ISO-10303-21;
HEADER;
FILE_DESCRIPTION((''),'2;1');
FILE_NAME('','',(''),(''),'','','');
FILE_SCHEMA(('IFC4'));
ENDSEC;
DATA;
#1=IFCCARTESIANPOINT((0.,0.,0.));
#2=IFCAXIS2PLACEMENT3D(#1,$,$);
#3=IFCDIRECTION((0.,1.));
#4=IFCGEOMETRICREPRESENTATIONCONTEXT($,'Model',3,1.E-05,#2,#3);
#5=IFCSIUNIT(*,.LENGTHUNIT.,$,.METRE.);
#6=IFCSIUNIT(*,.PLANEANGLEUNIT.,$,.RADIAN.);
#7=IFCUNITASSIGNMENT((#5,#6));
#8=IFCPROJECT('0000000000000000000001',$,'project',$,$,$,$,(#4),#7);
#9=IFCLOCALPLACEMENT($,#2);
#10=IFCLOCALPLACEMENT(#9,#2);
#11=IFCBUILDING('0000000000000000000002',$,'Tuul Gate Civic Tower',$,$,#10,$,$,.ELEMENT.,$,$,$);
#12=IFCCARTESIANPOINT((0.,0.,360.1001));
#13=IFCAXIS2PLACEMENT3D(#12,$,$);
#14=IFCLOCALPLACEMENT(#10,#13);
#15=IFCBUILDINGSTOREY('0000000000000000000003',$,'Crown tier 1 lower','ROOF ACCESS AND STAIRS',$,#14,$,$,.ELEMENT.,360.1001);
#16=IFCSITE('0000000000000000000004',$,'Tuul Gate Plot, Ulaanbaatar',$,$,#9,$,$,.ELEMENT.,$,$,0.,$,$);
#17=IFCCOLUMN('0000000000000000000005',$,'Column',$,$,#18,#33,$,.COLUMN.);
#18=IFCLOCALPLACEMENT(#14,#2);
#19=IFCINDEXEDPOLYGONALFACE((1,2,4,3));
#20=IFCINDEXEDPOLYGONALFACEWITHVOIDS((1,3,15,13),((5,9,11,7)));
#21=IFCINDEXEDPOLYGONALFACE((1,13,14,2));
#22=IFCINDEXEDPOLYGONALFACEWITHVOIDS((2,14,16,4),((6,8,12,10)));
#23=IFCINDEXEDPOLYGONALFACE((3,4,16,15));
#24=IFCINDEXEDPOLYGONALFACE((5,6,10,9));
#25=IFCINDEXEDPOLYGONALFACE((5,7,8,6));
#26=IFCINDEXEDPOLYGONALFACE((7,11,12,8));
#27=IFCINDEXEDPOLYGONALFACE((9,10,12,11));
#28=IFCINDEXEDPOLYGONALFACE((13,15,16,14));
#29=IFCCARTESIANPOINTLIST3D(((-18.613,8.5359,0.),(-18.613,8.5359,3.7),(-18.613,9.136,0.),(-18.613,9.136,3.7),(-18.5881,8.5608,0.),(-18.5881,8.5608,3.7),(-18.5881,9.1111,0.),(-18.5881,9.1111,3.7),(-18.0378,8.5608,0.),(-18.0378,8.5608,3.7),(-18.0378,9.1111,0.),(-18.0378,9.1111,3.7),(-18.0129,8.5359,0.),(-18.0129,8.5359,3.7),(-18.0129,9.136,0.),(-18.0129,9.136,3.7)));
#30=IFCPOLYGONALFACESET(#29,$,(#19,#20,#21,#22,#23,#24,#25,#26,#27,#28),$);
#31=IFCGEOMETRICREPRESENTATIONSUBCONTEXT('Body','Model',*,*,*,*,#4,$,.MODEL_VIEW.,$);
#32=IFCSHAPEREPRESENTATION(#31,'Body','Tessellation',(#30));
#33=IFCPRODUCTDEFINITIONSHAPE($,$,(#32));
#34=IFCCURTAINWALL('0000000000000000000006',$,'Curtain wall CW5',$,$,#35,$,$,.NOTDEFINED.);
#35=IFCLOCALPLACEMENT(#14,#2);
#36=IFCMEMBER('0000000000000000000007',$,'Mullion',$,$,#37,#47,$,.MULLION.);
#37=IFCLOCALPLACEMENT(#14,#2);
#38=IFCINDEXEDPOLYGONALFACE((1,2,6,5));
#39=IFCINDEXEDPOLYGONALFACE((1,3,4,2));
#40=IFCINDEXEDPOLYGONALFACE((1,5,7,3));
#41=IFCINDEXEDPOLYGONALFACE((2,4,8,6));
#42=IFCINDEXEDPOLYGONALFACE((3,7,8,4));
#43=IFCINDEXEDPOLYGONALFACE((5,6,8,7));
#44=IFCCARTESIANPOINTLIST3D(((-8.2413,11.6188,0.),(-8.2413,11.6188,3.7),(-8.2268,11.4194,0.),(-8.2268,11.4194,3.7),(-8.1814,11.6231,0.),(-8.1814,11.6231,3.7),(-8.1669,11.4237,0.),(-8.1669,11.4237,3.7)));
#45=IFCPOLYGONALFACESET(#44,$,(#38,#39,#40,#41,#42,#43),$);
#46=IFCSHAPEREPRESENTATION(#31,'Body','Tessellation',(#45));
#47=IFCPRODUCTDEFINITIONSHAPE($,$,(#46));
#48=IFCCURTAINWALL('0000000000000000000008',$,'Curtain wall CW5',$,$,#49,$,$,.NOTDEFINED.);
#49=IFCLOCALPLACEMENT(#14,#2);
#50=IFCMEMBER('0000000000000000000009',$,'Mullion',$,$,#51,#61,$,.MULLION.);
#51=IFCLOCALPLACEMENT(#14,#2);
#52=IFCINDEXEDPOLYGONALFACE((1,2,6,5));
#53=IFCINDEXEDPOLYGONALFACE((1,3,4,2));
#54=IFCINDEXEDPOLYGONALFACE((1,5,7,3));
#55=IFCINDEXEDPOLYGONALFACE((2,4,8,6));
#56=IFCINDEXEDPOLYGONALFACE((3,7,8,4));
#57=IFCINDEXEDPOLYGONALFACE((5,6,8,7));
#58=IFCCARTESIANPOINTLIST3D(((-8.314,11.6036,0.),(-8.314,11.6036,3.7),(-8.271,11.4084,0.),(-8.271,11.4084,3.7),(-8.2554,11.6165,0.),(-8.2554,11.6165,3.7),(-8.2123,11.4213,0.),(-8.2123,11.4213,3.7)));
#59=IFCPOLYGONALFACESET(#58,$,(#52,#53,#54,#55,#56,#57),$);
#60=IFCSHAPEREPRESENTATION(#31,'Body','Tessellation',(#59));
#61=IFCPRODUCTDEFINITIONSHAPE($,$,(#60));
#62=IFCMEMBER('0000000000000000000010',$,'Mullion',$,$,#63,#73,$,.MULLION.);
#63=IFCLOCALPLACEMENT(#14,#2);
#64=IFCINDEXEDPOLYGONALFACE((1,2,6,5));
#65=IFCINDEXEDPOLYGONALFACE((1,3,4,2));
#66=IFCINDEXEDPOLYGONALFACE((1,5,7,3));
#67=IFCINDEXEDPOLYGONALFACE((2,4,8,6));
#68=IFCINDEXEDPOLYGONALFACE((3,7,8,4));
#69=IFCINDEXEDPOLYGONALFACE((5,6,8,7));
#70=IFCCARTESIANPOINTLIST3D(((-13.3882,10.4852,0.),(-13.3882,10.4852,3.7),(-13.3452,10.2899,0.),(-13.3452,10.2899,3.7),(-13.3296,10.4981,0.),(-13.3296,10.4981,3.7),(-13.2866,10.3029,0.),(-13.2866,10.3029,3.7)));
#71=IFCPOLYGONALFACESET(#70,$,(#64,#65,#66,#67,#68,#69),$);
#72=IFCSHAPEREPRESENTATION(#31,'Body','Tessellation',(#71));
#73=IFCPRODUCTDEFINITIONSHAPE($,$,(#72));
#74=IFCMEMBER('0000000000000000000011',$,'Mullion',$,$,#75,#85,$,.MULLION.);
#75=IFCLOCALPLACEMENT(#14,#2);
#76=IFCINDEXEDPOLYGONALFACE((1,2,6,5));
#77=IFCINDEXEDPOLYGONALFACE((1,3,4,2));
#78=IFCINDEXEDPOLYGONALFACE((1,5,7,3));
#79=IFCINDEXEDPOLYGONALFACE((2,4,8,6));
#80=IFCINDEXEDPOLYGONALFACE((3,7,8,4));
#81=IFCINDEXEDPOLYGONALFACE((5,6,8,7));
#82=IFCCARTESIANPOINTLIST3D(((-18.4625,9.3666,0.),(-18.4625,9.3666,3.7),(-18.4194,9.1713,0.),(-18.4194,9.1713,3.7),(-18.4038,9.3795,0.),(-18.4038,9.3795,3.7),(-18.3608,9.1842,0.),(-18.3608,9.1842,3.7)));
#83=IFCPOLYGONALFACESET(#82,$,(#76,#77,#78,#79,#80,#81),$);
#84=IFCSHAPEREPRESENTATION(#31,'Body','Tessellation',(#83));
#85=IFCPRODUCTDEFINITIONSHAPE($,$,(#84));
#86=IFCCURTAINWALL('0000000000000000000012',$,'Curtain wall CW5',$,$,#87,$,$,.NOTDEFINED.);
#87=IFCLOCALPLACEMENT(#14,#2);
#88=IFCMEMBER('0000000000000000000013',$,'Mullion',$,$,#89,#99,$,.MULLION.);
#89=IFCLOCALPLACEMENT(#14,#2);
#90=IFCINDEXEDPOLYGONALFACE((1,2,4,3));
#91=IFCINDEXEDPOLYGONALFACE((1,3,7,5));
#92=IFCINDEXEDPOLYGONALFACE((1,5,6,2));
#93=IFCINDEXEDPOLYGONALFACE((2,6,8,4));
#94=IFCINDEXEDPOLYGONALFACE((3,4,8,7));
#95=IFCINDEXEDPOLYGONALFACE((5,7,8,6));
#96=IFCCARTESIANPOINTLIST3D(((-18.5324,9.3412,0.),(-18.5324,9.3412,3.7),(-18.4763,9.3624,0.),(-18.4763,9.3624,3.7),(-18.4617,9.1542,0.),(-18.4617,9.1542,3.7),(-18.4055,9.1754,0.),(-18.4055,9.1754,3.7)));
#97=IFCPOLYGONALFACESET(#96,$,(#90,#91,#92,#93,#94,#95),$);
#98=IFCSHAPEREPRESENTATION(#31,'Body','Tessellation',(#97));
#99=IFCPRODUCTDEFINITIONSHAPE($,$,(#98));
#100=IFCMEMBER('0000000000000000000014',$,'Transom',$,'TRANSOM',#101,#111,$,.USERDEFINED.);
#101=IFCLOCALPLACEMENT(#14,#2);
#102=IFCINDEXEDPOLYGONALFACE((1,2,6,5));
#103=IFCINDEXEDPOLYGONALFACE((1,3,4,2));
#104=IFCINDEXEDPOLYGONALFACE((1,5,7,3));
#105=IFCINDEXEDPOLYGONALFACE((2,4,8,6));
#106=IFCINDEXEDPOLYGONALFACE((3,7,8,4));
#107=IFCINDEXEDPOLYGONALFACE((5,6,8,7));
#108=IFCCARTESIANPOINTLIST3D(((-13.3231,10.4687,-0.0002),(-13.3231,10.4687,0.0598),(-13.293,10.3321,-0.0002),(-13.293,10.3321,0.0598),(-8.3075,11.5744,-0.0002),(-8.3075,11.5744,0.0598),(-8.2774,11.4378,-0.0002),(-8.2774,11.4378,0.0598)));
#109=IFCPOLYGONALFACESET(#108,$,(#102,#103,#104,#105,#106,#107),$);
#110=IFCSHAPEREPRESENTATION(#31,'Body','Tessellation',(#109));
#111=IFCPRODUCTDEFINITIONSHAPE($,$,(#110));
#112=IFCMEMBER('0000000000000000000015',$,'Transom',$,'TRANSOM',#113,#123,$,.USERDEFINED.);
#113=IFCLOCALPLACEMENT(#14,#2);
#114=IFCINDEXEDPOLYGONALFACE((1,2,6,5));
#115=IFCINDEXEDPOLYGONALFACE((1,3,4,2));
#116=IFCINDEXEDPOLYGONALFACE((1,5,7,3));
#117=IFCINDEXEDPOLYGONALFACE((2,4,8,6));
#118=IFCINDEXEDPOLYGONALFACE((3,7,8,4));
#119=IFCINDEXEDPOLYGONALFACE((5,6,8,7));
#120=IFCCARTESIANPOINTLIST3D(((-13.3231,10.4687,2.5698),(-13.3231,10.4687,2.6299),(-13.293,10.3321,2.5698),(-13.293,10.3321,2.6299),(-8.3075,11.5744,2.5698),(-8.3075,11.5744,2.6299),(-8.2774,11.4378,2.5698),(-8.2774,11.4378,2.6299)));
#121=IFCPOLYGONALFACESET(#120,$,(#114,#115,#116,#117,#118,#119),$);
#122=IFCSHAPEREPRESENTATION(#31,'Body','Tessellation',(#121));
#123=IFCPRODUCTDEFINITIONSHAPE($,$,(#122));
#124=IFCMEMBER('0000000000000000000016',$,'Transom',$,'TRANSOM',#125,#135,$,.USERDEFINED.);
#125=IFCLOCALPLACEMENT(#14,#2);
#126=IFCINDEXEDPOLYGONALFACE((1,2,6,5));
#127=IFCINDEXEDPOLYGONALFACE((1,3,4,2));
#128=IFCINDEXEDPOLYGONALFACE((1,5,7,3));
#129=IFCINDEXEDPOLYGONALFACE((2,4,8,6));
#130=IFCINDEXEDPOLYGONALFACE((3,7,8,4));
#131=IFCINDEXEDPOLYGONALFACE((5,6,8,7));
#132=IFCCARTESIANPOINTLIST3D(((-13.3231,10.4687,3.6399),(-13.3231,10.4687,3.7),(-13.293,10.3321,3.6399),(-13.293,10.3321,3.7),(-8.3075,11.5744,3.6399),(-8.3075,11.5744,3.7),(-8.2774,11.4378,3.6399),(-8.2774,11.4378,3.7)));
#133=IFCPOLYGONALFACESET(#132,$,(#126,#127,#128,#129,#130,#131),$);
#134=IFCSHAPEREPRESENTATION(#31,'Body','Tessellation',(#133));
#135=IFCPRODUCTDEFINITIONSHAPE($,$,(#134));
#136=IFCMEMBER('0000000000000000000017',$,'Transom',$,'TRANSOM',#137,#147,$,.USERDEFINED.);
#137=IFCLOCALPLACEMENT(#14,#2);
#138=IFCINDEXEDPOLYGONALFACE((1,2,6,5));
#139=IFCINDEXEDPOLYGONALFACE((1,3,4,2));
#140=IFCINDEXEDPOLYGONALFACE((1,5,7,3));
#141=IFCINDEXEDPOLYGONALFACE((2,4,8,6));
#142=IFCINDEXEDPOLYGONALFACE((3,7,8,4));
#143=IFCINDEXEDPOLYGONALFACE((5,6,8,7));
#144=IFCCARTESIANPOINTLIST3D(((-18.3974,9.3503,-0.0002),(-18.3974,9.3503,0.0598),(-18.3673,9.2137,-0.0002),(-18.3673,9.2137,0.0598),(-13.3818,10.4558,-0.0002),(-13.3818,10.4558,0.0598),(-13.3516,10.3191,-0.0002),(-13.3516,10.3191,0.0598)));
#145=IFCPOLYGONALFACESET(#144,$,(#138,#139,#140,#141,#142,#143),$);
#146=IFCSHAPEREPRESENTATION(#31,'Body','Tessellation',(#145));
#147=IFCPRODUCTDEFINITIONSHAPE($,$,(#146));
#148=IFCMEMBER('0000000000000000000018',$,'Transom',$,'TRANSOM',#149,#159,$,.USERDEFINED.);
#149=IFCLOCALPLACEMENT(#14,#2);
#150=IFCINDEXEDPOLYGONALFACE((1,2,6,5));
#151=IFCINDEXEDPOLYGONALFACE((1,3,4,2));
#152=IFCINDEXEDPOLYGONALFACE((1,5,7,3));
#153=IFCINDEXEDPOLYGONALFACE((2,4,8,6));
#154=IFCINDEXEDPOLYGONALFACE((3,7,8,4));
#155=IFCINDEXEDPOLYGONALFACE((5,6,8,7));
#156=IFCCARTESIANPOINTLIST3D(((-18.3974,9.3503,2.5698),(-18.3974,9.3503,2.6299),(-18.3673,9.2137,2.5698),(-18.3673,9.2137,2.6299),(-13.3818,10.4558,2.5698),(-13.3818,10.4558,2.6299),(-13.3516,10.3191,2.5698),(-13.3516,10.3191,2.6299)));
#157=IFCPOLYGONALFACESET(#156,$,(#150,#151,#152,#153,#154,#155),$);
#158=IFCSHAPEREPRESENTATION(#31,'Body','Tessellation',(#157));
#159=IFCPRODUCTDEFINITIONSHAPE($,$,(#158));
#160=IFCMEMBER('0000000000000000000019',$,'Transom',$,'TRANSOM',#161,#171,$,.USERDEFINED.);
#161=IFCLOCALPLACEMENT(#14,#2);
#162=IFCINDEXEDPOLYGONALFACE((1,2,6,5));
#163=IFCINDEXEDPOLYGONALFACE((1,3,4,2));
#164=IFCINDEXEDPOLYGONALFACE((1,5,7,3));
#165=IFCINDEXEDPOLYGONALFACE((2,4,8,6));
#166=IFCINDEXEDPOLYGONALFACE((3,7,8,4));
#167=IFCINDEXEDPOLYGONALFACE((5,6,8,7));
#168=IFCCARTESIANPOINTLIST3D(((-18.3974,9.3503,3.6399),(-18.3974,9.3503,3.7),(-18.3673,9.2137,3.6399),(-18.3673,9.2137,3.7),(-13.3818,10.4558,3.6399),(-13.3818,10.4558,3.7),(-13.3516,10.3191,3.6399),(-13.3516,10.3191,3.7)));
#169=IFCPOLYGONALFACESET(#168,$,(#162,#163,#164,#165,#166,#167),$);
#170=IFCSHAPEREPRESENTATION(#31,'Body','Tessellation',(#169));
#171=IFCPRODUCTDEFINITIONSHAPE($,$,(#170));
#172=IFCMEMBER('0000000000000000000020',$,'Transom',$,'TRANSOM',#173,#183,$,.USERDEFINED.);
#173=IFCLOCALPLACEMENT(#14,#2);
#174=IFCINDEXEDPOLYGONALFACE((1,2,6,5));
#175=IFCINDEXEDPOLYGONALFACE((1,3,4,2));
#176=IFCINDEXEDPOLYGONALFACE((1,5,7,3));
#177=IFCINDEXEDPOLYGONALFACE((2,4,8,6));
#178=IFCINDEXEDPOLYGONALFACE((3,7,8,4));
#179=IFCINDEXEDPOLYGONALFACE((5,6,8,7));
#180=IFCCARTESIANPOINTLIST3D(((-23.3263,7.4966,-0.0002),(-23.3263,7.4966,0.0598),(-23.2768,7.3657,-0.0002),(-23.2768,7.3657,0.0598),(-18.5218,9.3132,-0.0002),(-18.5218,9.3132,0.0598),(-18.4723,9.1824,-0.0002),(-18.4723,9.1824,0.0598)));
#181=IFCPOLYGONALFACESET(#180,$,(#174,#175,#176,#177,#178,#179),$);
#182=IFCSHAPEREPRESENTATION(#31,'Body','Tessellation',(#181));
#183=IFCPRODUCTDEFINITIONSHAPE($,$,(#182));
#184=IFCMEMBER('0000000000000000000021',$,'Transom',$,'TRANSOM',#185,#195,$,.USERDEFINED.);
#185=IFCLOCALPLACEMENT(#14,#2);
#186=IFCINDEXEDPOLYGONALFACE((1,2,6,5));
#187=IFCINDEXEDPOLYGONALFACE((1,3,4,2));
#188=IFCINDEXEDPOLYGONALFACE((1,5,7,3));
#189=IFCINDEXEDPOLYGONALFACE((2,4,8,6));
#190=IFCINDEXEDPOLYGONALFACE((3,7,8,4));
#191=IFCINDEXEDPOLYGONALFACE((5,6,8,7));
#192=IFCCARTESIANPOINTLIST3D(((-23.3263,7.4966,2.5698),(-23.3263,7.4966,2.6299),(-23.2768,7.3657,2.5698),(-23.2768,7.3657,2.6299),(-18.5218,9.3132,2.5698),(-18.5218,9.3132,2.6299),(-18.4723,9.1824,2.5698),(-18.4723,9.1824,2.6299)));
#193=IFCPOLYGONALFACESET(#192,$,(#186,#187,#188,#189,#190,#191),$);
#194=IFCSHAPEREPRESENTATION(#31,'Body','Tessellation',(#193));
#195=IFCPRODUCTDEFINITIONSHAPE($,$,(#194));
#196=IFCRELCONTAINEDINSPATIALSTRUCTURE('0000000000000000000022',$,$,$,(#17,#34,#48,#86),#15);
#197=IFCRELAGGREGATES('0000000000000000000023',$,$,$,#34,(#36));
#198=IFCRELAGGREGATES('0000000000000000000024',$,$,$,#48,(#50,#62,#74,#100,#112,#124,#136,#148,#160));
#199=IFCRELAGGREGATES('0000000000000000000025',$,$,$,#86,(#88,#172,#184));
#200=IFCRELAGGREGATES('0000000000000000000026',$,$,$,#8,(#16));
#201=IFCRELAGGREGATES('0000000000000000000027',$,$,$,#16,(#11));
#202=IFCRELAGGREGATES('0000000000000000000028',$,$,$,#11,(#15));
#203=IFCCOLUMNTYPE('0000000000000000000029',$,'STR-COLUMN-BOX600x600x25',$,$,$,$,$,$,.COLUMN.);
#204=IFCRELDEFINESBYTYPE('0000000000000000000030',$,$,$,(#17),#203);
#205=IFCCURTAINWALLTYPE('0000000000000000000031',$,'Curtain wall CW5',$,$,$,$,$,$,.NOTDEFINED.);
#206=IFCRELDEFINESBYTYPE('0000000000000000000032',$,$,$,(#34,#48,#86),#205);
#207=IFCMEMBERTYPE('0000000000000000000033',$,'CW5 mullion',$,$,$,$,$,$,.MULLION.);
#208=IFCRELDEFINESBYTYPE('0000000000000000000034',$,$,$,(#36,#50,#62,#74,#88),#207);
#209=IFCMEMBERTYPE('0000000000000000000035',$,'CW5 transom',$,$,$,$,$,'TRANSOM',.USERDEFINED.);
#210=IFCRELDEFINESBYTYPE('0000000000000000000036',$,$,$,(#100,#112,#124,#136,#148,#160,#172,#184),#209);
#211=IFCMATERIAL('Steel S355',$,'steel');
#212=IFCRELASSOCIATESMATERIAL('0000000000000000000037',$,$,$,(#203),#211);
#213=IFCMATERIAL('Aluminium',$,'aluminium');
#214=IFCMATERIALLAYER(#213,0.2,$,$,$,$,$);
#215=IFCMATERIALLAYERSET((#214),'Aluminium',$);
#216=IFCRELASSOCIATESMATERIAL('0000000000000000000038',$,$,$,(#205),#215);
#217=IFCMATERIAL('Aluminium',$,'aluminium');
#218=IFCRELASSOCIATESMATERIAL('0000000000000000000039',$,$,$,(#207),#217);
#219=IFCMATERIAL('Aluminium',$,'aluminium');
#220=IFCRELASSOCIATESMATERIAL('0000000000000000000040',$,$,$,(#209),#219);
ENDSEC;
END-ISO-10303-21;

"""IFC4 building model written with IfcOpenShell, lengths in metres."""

from ifc_helpers import new_model, si_unit, direction, frame, origin, origin_2d, place, context, subcontext, project, spatial, rectangle, hollow_rectangle, extrude, material, layer, layer_set, material_profile, profile_set, type_object, element, aggregate, save


model = new_model("IFC4")

# Units and contexts
model_context = context("Model", 3, precision=1e-05, world=origin(), true_north=direction((0.0, 1.0)))
body_context = subcontext(model_context, "Body", "Model", "MODEL_VIEW")
ifc_project = project(units=[si_unit("LENGTHUNIT", "METRE"), si_unit("PLANEANGLEUNIT", "RADIAN")], contexts=[model_context])

# Site, building, storey
site_placement = place(None, origin())
site = spatial("IfcSite", under=ifc_project, at=site_placement, Name="Tuul Gate Plot, Ulaanbaatar", CompositionType="ELEMENT", RefElevation=0.0)
building_placement = place(site_placement, origin())
building = spatial("IfcBuilding", under=site, at=building_placement, Name="Tuul Gate Civic Tower", CompositionType="ELEMENT")
storey_placement = place(building_placement, frame((0.0, 0.0, 360.1001)))
storey = spatial("IfcBuildingStorey", under=building, at=storey_placement, Name="Crown tier 1 lower", Description="ROOF ACCESS AND STAIRS", CompositionType="ELEMENT", Elevation=360.1001)

# Column
ifc_material_1 = material(Name="Steel S355", Category="steel")
ifc_material_profile_1 = material_profile(ifc_material_1, hollow_rectangle(XDim=0.6001, YDim=0.6001, WallThickness=0.0249, at=origin_2d()), Name="BOX600x600x25")
ifc_profile_set_1 = profile_set([ifc_material_profile_1], Name="Steel S355")
column_type = type_object("IfcColumnType", Name="STR-COLUMN-BOX600x600x25", PredefinedType="COLUMN", material=ifc_profile_set_1)
column_placement = place(storey_placement, frame((-18.313, 8.8359, 0.0), z_axis=(0.0, 0.0, 1.0), x_axis=(1.0, 0.0, 0.0)))
element("IfcColumn", 1, at=column_placement, inside=storey, type_object=column_type, Name="Column", PredefinedType="COLUMN", context=body_context, shape_type="SweptSolid", body=[
    extrude(hollow_rectangle(XDim=0.6001, YDim=0.6001, WallThickness=0.0249, at=origin_2d()), origin(), (0.0, 0.0, 1.0), 3.7),
])

# Curtain wall, member
ifc_material_2 = material(Name="Aluminium", Category="aluminium")
ifc_layer_1 = layer(ifc_material_2, 0.2)
ifc_layer_set_1 = layer_set([ifc_layer_1], Name="Aluminium")
curtain_wall_type = type_object("IfcCurtainWallType", Name="Curtain wall CW5", PredefinedType="NOTDEFINED", material=ifc_layer_set_1)
curtain_wall_1_placement = place(storey_placement, origin())
curtain_wall_1 = element("IfcCurtainWall", 2, at=curtain_wall_1_placement, inside=storey, type_object=curtain_wall_type, Name="Curtain wall CW5", PredefinedType="NOTDEFINED")
ifc_material_3 = material(Name="Aluminium", Category="aluminium")
ifc_material_profile_2 = material_profile(ifc_material_3, rectangle(XDim=0.2, YDim=0.0601, at=origin_2d()), Name="CW5 mullion")
ifc_profile_set_2 = profile_set([ifc_material_profile_2], Name="Aluminium")
member_type_1 = type_object("IfcMemberType", Name="CW5 mullion", PredefinedType="MULLION", material=ifc_profile_set_2)
member_1_placement = place(storey_placement, frame((-8.2041, 11.5212, 0.0), z_axis=(0.0, 0.0, 1.0), x_axis=(0.072226, -0.997388, 0.0)))
member_1 = element("IfcMember", 3, at=member_1_placement, type_object=member_type_1, Name="Mullion", PredefinedType="MULLION", context=body_context, shape_type="SweptSolid", body=[
    extrude(rectangle(XDim=0.2, YDim=0.0601, at=origin_2d()), origin(), (0.0, 0.0, 1.0), 3.7),
])
aggregate(curtain_wall_1, [member_1])

# Curtain wall, members
curtain_wall_2_placement = place(storey_placement, origin())
curtain_wall_2 = element("IfcCurtainWall", 4, at=curtain_wall_2_placement, inside=storey, type_object=curtain_wall_type, Name="Curtain wall CW5", PredefinedType="NOTDEFINED")
member_2_placement = place(storey_placement, frame((-8.2632, 11.5125, 0.0), z_axis=(0.0, 0.0, 1.0), x_axis=(0.215269, -0.976555, 0.0)))
member_2 = element("IfcMember", 5, at=member_2_placement, type_object=member_type_1, Name="Mullion", PredefinedType="MULLION", context=body_context, shape_type="SweptSolid", body=[
    extrude(rectangle(XDim=0.2, YDim=0.0601, at=origin_2d()), origin(), (0.0, 0.0, 1.0), 3.7),
])
member_3_placement = place(storey_placement, frame((-13.3374, 10.394, 0.0), z_axis=(0.0, 0.0, 1.0), x_axis=(0.215269, -0.976555, 0.0)))
member_3 = element("IfcMember", 6, at=member_3_placement, type_object=member_type_1, Name="Mullion", PredefinedType="MULLION", context=body_context, shape_type="SweptSolid", body=[
    extrude(rectangle(XDim=0.2, YDim=0.0601, at=origin_2d()), origin(), (0.0, 0.0, 1.0), 3.7),
])
member_4_placement = place(storey_placement, frame((-18.4116, 9.2754, 0.0), z_axis=(0.0, 0.0, 1.0), x_axis=(0.215269, -0.976555, 0.0)))
member_4 = element("IfcMember", 7, at=member_4_placement, type_object=member_type_1, Name="Mullion", PredefinedType="MULLION", context=body_context, shape_type="SweptSolid", body=[
    extrude(rectangle(XDim=0.2, YDim=0.0601, at=origin_2d()), origin(), (0.0, 0.0, 1.0), 3.7),
])

# Curtain wall, member
curtain_wall_3_placement = place(storey_placement, origin())
curtain_wall_3 = element("IfcCurtainWall", 8, at=curtain_wall_3_placement, inside=storey, type_object=curtain_wall_type, Name="Curtain wall CW5", PredefinedType="NOTDEFINED")
member_5_placement = place(storey_placement, frame((-18.469, 9.2583, 0.0), z_axis=(0.0, 0.0, 1.0), x_axis=(0.353691, -0.935362, 0.0)))
member_5 = element("IfcMember", 9, at=member_5_placement, type_object=member_type_1, Name="Mullion", PredefinedType="MULLION", context=body_context, shape_type="SweptSolid", body=[
    extrude(rectangle(XDim=0.2, YDim=0.0601, at=origin_2d()), origin(), (0.0, 0.0, 1.0), 3.7),
])

# Members
ifc_material_4 = material(Name="Aluminium", Category="aluminium")
ifc_material_profile_3 = material_profile(ifc_material_4, rectangle(XDim=0.1399, YDim=0.0601, at=origin_2d()), Name="CW5 transom")
ifc_profile_set_3 = profile_set([ifc_material_profile_3], Name="Aluminium")
member_type_2 = type_object("IfcMemberType", Name="CW5 transom", ElementType="TRANSOM", PredefinedType="USERDEFINED", material=ifc_profile_set_3)
member_6_placement = place(storey_placement, frame((-8.2925, 11.5061, 0.0298), z_axis=(-0.976551, -0.215284, 0.0), x_axis=(0.215284, -0.976551, 0.0)))
member_6 = element("IfcMember", 10, at=member_6_placement, type_object=member_type_2, Name="Transom", ObjectType="TRANSOM", PredefinedType="USERDEFINED", context=body_context, shape_type="SweptSolid", body=[
    extrude(rectangle(XDim=0.1399, YDim=0.0601, at=origin_2d()), origin(), (0.0, 0.0, 1.0), 5.136),
])
member_7_placement = place(storey_placement, frame((-8.2925, 11.5061, 2.5999), z_axis=(-0.976551, -0.215284, 0.0), x_axis=(0.215284, -0.976551, 0.0)))
member_7 = element("IfcMember", 11, at=member_7_placement, type_object=member_type_2, Name="Transom", ObjectType="TRANSOM", PredefinedType="USERDEFINED", context=body_context, shape_type="SweptSolid", body=[
    extrude(rectangle(XDim=0.1399, YDim=0.0601, at=origin_2d()), origin(), (0.0, 0.0, 1.0), 5.136),
])
member_8_placement = place(storey_placement, frame((-8.2925, 11.5061, 3.6699), z_axis=(-0.976551, -0.215284, 0.0), x_axis=(0.215284, -0.976551, 0.0)))
member_8 = element("IfcMember", 12, at=member_8_placement, type_object=member_type_2, Name="Transom", ObjectType="TRANSOM", PredefinedType="USERDEFINED", context=body_context, shape_type="SweptSolid", body=[
    extrude(rectangle(XDim=0.1399, YDim=0.0601, at=origin_2d()), origin(), (0.0, 0.0, 1.0), 5.136),
])
member_9_placement = place(storey_placement, frame((-13.3667, 10.3875, 0.0298), z_axis=(-0.976561, -0.215239, 0.0), x_axis=(0.215239, -0.976561, 0.0)))
member_9 = element("IfcMember", 13, at=member_9_placement, type_object=member_type_2, Name="Transom", ObjectType="TRANSOM", PredefinedType="USERDEFINED", context=body_context, shape_type="SweptSolid", body=[
    extrude(rectangle(XDim=0.1399, YDim=0.0601, at=origin_2d()), origin(), (0.0, 0.0, 1.0), 5.136),
])
member_10_placement = place(storey_placement, frame((-13.3667, 10.3875, 2.5999), z_axis=(-0.976561, -0.215239, 0.0), x_axis=(0.215239, -0.976561, 0.0)))
member_10 = element("IfcMember", 14, at=member_10_placement, type_object=member_type_2, Name="Transom", ObjectType="TRANSOM", PredefinedType="USERDEFINED", context=body_context, shape_type="SweptSolid", body=[
    extrude(rectangle(XDim=0.1399, YDim=0.0601, at=origin_2d()), origin(), (0.0, 0.0, 1.0), 5.136),
])
member_11_placement = place(storey_placement, frame((-13.3667, 10.3875, 3.6699), z_axis=(-0.976561, -0.215239, 0.0), x_axis=(0.215239, -0.976561, 0.0)))
member_11 = element("IfcMember", 15, at=member_11_placement, type_object=member_type_2, Name="Transom", ObjectType="TRANSOM", PredefinedType="USERDEFINED", context=body_context, shape_type="SweptSolid", body=[
    extrude(rectangle(XDim=0.1399, YDim=0.0601, at=origin_2d()), origin(), (0.0, 0.0, 1.0), 5.136),
])
member_12_placement = place(storey_placement, frame((-18.4971, 9.2478, 0.0298), z_axis=(-0.935367, -0.35368, 0.0), x_axis=(0.35368, -0.935367, 0.0)))
member_12 = element("IfcMember", 16, at=member_12_placement, type_object=member_type_2, Name="Transom", ObjectType="TRANSOM", PredefinedType="USERDEFINED", context=body_context, shape_type="SweptSolid", body=[
    extrude(rectangle(XDim=0.1399, YDim=0.0601, at=origin_2d()), origin(), (0.0, 0.0, 1.0), 5.1365),
])
member_13_placement = place(storey_placement, frame((-18.4971, 9.2478, 2.5999), z_axis=(-0.935367, -0.35368, 0.0), x_axis=(0.35368, -0.935367, 0.0)))
member_13 = element("IfcMember", 17, at=member_13_placement, type_object=member_type_2, Name="Transom", ObjectType="TRANSOM", PredefinedType="USERDEFINED", context=body_context, shape_type="SweptSolid", body=[
    extrude(rectangle(XDim=0.1399, YDim=0.0601, at=origin_2d()), origin(), (0.0, 0.0, 1.0), 5.1365),
])

aggregate(curtain_wall_2, [member_2, member_3, member_4, member_6, member_7, member_8, member_9, member_10, member_11])
aggregate(curtain_wall_3, [member_5, member_12, member_13])

save(model, "model.ifc")
